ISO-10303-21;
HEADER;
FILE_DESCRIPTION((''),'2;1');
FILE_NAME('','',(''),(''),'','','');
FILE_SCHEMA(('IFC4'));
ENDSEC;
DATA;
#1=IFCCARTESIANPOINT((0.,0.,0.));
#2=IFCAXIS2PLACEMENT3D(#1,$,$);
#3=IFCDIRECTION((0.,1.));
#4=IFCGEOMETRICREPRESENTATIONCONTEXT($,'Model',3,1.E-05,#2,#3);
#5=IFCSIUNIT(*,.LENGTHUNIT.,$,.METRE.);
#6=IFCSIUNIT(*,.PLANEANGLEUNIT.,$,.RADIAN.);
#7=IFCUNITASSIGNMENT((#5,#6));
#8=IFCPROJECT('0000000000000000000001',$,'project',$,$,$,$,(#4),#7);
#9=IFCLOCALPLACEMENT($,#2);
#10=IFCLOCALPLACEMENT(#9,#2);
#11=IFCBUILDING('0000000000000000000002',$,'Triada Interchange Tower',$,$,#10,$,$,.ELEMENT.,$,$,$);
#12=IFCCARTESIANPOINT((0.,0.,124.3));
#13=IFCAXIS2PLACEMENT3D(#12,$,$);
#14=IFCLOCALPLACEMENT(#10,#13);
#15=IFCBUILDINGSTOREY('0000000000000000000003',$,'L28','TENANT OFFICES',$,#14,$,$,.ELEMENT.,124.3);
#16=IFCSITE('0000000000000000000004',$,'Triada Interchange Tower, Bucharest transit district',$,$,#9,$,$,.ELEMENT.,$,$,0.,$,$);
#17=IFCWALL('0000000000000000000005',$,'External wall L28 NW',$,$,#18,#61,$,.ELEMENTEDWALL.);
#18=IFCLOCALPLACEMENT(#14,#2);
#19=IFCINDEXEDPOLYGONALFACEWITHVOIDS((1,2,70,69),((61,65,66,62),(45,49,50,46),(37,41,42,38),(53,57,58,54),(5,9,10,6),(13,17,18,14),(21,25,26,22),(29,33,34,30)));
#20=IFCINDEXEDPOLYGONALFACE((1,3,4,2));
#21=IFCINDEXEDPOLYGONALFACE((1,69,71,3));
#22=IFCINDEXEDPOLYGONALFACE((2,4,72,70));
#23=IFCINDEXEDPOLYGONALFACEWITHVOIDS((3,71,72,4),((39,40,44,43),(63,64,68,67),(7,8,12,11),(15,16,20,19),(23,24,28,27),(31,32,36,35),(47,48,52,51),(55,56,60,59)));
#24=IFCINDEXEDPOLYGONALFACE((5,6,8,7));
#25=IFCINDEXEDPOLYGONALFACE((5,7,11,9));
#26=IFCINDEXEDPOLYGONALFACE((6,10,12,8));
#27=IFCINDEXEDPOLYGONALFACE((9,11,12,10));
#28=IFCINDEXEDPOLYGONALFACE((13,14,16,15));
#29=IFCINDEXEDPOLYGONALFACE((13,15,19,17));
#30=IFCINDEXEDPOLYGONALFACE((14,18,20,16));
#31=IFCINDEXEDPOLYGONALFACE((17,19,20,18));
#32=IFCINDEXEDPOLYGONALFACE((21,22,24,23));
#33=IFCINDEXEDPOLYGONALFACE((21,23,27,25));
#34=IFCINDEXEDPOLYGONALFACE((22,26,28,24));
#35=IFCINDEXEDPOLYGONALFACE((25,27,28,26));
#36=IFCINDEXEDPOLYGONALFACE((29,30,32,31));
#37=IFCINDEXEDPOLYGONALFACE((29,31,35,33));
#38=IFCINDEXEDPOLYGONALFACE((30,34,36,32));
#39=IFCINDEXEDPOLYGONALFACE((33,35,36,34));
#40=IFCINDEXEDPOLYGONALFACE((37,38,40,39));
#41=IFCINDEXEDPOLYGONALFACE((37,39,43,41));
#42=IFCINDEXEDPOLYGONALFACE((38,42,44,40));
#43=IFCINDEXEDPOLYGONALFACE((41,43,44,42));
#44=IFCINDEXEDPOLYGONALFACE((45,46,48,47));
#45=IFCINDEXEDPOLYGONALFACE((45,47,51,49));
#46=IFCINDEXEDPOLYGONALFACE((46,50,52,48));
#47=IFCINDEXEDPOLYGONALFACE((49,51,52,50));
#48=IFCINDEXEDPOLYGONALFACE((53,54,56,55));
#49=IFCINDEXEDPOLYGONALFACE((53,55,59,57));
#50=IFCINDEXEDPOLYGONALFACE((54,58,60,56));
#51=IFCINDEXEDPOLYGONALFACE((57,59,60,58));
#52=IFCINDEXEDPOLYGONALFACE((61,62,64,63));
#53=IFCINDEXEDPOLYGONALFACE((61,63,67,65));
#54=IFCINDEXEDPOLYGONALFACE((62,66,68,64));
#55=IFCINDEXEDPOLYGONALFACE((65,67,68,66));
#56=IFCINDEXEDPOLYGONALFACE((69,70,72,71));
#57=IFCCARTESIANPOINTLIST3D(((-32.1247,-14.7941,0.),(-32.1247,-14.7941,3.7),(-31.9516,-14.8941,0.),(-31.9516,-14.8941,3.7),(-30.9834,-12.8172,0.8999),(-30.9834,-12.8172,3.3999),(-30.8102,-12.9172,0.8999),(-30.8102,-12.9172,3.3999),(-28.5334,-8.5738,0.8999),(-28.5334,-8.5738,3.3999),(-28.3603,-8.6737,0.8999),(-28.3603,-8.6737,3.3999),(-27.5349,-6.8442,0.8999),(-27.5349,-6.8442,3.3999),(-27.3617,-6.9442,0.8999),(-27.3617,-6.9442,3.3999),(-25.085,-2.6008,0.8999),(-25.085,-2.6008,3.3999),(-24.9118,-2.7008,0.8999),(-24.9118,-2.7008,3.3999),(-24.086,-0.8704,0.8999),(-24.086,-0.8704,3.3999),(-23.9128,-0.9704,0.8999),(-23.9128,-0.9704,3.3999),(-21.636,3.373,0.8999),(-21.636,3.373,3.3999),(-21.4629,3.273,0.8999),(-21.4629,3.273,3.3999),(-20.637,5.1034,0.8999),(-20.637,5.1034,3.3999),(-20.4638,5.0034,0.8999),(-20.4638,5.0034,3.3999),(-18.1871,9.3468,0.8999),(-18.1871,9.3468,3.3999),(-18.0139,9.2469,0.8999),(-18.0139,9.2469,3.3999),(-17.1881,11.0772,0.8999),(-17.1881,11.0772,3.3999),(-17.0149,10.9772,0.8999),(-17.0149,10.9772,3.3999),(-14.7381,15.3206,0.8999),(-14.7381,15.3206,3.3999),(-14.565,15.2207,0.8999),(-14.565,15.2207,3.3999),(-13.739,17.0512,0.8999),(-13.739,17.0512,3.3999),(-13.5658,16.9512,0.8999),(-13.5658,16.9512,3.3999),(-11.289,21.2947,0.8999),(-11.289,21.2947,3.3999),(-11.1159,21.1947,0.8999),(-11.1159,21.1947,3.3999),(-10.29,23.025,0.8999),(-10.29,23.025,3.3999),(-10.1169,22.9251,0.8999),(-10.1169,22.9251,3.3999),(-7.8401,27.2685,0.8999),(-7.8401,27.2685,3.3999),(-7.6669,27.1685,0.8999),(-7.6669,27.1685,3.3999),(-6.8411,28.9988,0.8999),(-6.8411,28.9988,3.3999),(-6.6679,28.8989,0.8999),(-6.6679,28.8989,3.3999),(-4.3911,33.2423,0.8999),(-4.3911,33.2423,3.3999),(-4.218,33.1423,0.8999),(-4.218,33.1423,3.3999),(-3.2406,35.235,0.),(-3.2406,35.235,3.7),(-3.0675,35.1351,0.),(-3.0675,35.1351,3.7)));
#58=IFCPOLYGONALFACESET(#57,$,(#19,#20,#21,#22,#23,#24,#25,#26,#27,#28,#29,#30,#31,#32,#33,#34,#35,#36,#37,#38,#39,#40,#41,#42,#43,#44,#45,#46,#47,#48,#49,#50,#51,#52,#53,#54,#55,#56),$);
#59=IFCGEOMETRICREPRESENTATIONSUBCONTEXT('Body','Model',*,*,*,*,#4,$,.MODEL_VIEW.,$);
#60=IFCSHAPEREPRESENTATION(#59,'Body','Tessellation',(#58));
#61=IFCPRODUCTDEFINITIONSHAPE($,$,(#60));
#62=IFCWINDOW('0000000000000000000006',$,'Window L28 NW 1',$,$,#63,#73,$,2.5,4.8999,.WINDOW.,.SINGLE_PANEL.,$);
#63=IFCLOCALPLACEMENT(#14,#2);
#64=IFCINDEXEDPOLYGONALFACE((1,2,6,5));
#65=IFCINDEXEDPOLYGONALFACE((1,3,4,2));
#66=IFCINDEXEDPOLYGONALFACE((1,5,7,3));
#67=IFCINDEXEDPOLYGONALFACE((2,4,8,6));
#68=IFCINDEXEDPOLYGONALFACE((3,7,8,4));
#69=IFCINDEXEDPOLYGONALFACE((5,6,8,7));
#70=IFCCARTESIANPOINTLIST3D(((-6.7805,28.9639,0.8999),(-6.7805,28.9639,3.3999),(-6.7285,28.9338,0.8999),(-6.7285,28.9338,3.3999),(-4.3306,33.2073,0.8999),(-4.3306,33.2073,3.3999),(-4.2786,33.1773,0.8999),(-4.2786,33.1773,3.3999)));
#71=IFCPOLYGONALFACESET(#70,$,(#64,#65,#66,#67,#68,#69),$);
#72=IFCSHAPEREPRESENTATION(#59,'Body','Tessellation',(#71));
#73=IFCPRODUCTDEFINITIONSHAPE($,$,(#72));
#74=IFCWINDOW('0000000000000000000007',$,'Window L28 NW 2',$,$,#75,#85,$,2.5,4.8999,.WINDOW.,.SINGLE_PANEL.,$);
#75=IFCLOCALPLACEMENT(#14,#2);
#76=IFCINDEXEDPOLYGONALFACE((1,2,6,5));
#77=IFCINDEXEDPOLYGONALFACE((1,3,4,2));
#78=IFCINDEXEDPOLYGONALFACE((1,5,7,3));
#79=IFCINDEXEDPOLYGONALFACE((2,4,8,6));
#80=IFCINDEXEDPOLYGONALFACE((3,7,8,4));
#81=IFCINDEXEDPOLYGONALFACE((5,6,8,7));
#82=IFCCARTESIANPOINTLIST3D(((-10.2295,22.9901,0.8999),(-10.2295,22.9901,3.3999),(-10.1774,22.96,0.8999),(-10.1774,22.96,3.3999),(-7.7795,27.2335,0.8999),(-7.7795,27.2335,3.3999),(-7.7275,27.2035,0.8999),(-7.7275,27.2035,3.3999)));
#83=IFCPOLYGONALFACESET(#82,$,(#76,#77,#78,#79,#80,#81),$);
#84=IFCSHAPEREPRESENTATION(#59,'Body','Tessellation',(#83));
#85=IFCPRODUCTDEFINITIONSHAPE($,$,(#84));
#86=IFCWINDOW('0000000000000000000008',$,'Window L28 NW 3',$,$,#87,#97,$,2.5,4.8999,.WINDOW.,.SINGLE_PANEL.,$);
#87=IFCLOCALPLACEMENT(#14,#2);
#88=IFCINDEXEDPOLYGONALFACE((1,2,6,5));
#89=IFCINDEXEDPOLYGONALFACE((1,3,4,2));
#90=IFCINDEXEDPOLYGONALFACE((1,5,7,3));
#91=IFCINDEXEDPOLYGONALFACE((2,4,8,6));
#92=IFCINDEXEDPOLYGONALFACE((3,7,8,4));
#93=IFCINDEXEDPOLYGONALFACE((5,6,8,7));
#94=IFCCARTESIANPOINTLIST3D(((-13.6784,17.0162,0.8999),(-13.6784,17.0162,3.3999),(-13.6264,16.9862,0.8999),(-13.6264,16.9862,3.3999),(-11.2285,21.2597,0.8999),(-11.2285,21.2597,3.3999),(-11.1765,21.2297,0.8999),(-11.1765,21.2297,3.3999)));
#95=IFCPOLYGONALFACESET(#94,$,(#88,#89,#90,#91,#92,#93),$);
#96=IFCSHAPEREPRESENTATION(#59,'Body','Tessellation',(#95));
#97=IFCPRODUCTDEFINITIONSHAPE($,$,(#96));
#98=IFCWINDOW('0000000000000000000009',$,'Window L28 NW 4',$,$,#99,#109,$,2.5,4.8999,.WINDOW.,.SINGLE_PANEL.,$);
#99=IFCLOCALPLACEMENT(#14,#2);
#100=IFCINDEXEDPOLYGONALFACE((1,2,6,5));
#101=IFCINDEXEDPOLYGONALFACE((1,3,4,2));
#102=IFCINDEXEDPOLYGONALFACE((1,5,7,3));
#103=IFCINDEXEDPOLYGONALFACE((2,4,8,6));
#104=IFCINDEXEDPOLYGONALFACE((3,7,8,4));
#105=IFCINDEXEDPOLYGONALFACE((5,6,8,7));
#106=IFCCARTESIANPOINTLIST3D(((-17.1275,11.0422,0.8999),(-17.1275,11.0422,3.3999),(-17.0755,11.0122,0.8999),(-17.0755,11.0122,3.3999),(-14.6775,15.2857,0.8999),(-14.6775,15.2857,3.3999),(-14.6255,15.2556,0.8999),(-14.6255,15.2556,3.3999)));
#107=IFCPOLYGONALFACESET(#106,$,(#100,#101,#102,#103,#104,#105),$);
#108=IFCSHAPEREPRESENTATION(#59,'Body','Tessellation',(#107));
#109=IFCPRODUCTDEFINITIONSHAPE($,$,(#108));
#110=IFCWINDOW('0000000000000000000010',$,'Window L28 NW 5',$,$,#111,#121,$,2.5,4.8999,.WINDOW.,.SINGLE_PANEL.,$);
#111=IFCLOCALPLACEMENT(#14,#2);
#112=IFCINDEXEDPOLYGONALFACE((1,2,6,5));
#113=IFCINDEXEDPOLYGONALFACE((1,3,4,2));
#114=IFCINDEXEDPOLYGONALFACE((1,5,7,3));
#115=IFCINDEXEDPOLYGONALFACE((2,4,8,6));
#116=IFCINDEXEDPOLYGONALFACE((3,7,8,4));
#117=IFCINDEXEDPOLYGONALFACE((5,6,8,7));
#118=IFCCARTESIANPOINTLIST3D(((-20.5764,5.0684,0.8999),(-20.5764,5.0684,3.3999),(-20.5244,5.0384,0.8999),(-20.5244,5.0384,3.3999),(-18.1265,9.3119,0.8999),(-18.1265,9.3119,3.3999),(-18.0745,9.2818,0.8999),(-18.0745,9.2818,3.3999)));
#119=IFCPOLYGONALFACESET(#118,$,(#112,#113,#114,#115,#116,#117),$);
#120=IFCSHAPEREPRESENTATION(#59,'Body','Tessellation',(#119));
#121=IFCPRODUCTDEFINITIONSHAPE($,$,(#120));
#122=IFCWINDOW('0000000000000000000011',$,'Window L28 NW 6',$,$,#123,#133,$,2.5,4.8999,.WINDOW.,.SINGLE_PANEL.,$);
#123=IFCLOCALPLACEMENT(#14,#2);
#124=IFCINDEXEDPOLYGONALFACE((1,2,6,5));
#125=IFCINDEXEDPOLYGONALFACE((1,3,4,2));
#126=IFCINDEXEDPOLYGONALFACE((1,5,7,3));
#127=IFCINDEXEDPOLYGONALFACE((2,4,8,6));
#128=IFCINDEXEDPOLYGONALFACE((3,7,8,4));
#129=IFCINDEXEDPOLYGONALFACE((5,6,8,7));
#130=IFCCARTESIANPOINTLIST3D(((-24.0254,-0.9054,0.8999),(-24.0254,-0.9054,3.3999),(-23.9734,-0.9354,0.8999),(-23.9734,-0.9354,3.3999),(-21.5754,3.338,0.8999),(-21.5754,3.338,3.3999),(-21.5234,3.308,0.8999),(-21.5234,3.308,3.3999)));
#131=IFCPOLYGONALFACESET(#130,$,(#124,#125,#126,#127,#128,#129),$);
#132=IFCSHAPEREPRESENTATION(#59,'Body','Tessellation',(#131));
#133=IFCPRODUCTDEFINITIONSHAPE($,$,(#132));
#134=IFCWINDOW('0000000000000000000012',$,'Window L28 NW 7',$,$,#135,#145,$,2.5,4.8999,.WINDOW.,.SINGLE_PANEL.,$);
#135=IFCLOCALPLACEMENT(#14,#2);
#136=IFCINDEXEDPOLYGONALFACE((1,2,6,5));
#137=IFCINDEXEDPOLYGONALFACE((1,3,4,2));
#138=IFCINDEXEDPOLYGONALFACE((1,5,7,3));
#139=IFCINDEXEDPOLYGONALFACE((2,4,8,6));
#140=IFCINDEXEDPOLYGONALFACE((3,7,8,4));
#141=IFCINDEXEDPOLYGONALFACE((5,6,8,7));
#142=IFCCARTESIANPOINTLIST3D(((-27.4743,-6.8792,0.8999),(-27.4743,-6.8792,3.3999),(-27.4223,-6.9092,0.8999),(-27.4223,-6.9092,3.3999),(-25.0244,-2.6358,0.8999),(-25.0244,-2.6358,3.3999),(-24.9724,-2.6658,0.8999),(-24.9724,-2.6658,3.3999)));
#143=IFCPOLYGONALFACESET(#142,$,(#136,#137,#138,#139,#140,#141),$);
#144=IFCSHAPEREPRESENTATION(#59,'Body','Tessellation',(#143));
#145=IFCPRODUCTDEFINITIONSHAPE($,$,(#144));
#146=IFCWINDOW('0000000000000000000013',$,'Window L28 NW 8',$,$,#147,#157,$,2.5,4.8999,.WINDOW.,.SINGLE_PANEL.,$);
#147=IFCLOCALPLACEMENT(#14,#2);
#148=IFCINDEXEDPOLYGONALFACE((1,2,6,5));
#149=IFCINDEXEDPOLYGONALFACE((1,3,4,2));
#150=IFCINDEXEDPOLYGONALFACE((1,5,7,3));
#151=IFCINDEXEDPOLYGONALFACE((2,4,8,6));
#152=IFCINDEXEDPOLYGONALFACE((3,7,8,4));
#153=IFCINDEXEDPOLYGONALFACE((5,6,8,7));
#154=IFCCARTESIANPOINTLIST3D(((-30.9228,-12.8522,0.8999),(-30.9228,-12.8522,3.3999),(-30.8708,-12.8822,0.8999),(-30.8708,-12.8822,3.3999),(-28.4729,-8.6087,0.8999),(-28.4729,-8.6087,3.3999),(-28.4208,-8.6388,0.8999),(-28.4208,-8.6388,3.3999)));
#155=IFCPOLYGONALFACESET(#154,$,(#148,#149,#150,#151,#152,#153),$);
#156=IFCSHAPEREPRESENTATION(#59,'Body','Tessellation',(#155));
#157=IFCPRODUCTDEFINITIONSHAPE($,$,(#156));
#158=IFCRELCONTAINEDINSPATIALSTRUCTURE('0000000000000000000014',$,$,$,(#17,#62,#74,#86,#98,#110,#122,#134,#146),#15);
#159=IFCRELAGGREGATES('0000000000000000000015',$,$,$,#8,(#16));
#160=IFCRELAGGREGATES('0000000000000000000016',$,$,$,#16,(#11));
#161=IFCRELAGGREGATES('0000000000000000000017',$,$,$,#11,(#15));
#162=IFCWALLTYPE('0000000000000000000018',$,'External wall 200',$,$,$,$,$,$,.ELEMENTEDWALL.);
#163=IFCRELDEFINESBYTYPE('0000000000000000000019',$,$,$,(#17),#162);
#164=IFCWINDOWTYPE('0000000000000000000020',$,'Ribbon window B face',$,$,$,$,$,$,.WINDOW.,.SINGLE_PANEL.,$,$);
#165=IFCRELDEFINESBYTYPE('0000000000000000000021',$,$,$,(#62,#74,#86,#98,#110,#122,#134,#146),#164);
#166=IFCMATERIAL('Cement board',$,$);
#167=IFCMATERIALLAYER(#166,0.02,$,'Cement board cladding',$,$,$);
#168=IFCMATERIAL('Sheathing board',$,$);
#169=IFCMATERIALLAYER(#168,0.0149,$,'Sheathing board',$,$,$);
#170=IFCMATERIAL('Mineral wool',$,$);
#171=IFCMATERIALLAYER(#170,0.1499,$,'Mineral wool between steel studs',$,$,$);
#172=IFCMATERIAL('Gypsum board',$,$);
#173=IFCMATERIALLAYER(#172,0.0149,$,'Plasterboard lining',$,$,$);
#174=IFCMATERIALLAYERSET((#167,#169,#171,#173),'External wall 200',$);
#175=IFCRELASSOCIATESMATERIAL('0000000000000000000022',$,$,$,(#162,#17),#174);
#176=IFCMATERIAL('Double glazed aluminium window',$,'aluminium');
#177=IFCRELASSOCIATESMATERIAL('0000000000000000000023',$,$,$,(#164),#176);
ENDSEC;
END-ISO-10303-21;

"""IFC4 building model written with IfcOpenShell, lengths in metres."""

from ifc_helpers import new_model, si_unit, direction, frame, frame_2d, origin, place, context, subcontext, project, spatial, rectangle, extrude, material, layer, layer_set, layer_usage, type_object, element, fill, save


model = new_model("IFC4")

# Units and contexts
model_context = context("Model", 3, precision=1e-05, world=origin(), true_north=direction((0.0, 1.0)))
body_context = subcontext(model_context, "Body", "Model", "MODEL_VIEW")
ifc_project = project(units=[si_unit("LENGTHUNIT", "METRE"), si_unit("PLANEANGLEUNIT", "RADIAN")], contexts=[model_context])

# Site, building, storey
site_placement = place(None, origin())
site = spatial("IfcSite", under=ifc_project, at=site_placement, Name="Triada Interchange Tower, Bucharest transit district", CompositionType="ELEMENT", RefElevation=0.0)
building_placement = place(site_placement, origin())
building = spatial("IfcBuilding", under=site, at=building_placement, Name="Triada Interchange Tower", CompositionType="ELEMENT")
storey_placement = place(building_placement, frame((0.0, 0.0, 124.3)))
storey = spatial("IfcBuildingStorey", under=building, at=storey_placement, Name="L28", Description="TENANT OFFICES", CompositionType="ELEMENT", Elevation=124.3)

# Wall, openings, windows
ifc_material_1 = material(Name="Cement board")
ifc_layer_1 = layer(ifc_material_1, 0.02, Name="Cement board cladding")
ifc_material_2 = material(Name="Sheathing board")
ifc_layer_2 = layer(ifc_material_2, 0.0149, Name="Sheathing board")
ifc_material_3 = material(Name="Mineral wool")
ifc_layer_3 = layer(ifc_material_3, 0.1499, Name="Mineral wool between steel studs")
ifc_material_4 = material(Name="Gypsum board")
ifc_layer_4 = layer(ifc_material_4, 0.0149, Name="Plasterboard lining")
ifc_layer_set_1 = layer_set([ifc_layer_1, ifc_layer_2, ifc_layer_3, ifc_layer_4], Name="External wall 200")
ifc_layer_usage = layer_usage(ifc_layer_set_1, "AXIS2", "POSITIVE", -0.1001)
wall_type_1 = type_object("IfcWallType", Name="External wall 200", PredefinedType="ELEMENTEDWALL", material=ifc_layer_set_1)
wall_1_placement = place(storey_placement, frame((-3.1541, 35.1851, 0.0), z_axis=(0.0, 0.0, 1.0), x_axis=(-0.499997, -0.866027, 0.0)))
wall_1 = element("IfcWall", 1, at=wall_1_placement, inside=storey, type_object=wall_type_1, material=ifc_layer_usage, Name="External wall L28 NW", PredefinedType="ELEMENTEDWALL", context=body_context, shape_type="SweptSolid", body=[
    extrude(rectangle(XDim=57.7686, YDim=0.2, at=frame_2d((28.8843, 0.0))), origin(), (0.0, 0.0, 1.0), 3.7),
])
opening_1_placement = place(wall_1_placement, frame((2.301, 0.0, 0.8999)))
opening_1 = element("IfcOpeningElement", 2, at=opening_1_placement, cuts=wall_1, PredefinedType="OPENING", context=body_context, shape_type="SweptSolid", body=[
    extrude(rectangle(XDim=4.8999, YDim=2.5, at=frame_2d((2.45, 1.25))), frame((0.0, 0.1099, 0.0), z_axis=(0.0, -1.0, 0.0), x_axis=(1.0, 0.0, 0.0)), (0.0, 0.0, 1.0), 0.22),
])
opening_2_placement = place(wall_1_placement, frame((9.199, 0.0, 0.8999)))
opening_2 = element("IfcOpeningElement", 3, at=opening_2_placement, cuts=wall_1, PredefinedType="OPENING", context=body_context, shape_type="SweptSolid", body=[
    extrude(rectangle(XDim=4.8999, YDim=2.5, at=frame_2d((2.45, 1.25))), frame((0.0, 0.1099, 0.0), z_axis=(0.0, -1.0, 0.0), x_axis=(1.0, 0.0, 0.0)), (0.0, 0.0, 1.0), 0.22),
])
opening_3_placement = place(wall_1_placement, frame((16.0969, 0.0, 0.8999)))
opening_3 = element("IfcOpeningElement", 4, at=opening_3_placement, cuts=wall_1, PredefinedType="OPENING", context=body_context, shape_type="SweptSolid", body=[
    extrude(rectangle(XDim=4.8999, YDim=2.5, at=frame_2d((2.45, 1.25))), frame((0.0, 0.1099, 0.0), z_axis=(0.0, -1.0, 0.0), x_axis=(1.0, 0.0, 0.0)), (0.0, 0.0, 1.0), 0.22),
])
opening_4_placement = place(wall_1_placement, frame((22.9951, 0.0, 0.8999)))
opening_4 = element("IfcOpeningElement", 5, at=opening_4_placement, cuts=wall_1, PredefinedType="OPENING", context=body_context, shape_type="SweptSolid", body=[
    extrude(rectangle(XDim=4.8999, YDim=2.5, at=frame_2d((2.45, 1.25))), frame((0.0, 0.1099, 0.0), z_axis=(0.0, -1.0, 0.0), x_axis=(1.0, 0.0, 0.0)), (0.0, 0.0, 1.0), 0.22),
])
opening_5_placement = place(wall_1_placement, frame((29.8931, 0.0, 0.8999)))
opening_5 = element("IfcOpeningElement", 6, at=opening_5_placement, cuts=wall_1, PredefinedType="OPENING", context=body_context, shape_type="SweptSolid", body=[
    extrude(rectangle(XDim=4.8999, YDim=2.5, at=frame_2d((2.45, 1.25))), frame((0.0, 0.1099, 0.0), z_axis=(0.0, -1.0, 0.0), x_axis=(1.0, 0.0, 0.0)), (0.0, 0.0, 1.0), 0.22),
])
opening_6_placement = place(wall_1_placement, frame((36.791, 0.0, 0.8999)))
opening_6 = element("IfcOpeningElement", 7, at=opening_6_placement, cuts=wall_1, PredefinedType="OPENING", context=body_context, shape_type="SweptSolid", body=[
    extrude(rectangle(XDim=4.8999, YDim=2.5, at=frame_2d((2.45, 1.25))), frame((0.0, 0.1099, 0.0), z_axis=(0.0, -1.0, 0.0), x_axis=(1.0, 0.0, 0.0)), (0.0, 0.0, 1.0), 0.22),
])
opening_7_placement = place(wall_1_placement, frame((43.689, 0.0, 0.8999)))
opening_7 = element("IfcOpeningElement", 8, at=opening_7_placement, cuts=wall_1, PredefinedType="OPENING", context=body_context, shape_type="SweptSolid", body=[
    extrude(rectangle(XDim=4.8999, YDim=2.5, at=frame_2d((2.45, 1.25))), frame((0.0, 0.1099, 0.0), z_axis=(0.0, -1.0, 0.0), x_axis=(1.0, 0.0, 0.0)), (0.0, 0.0, 1.0), 0.22),
])
opening_8_placement = place(wall_1_placement, frame((50.5859, 0.0, 0.8999)))
opening_8 = element("IfcOpeningElement", 9, at=opening_8_placement, cuts=wall_1, PredefinedType="OPENING", context=body_context, shape_type="SweptSolid", body=[
    extrude(rectangle(XDim=4.8999, YDim=2.5, at=frame_2d((2.45, 1.25))), frame((0.0, 0.1099, 0.0), z_axis=(0.0, -1.0, 0.0), x_axis=(1.0, 0.0, 0.0)), (0.0, 0.0, 1.0), 0.22),
])
ifc_material_5 = material(Name="Double glazed aluminium window", Category="aluminium")
window_type = type_object("IfcWindowType", Name="Ribbon window B face", PartitioningType="SINGLE_PANEL", PredefinedType="WINDOW", material=ifc_material_5)
window_1_placement = place(opening_1_placement, origin())
window_1 = element("IfcWindow", 10, at=window_1_placement, inside=storey, type_object=window_type, Name="Window L28 NW 1", OverallHeight=2.5, OverallWidth=4.8999, PartitioningType="SINGLE_PANEL", PredefinedType="WINDOW", context=body_context, shape_type="SweptSolid", body=[
    extrude(rectangle(XDim=4.8999, YDim=2.5, at=frame_2d((2.45, 1.25))), frame((0.0, 0.03, 0.0), z_axis=(0.0, -1.0, 0.0), x_axis=(1.0, 0.0, 0.0)), (0.0, 0.0, 1.0), 0.0601),
])
fill(opening_1, window_1)
window_2_placement = place(opening_2_placement, origin())
window_2 = element("IfcWindow", 11, at=window_2_placement, inside=storey, type_object=window_type, Name="Window L28 NW 2", OverallHeight=2.5, OverallWidth=4.8999, PartitioningType="SINGLE_PANEL", PredefinedType="WINDOW", context=body_context, shape_type="SweptSolid", body=[
    extrude(rectangle(XDim=4.8999, YDim=2.5, at=frame_2d((2.45, 1.25))), frame((0.0, 0.03, 0.0), z_axis=(0.0, -1.0, 0.0), x_axis=(1.0, 0.0, 0.0)), (0.0, 0.0, 1.0), 0.0601),
])
fill(opening_2, window_2)
window_3_placement = place(opening_3_placement, origin())
window_3 = element("IfcWindow", 12, at=window_3_placement, inside=storey, type_object=window_type, Name="Window L28 NW 3", OverallHeight=2.5, OverallWidth=4.8999, PartitioningType="SINGLE_PANEL", PredefinedType="WINDOW", context=body_context, shape_type="SweptSolid", body=[
    extrude(rectangle(XDim=4.8999, YDim=2.5, at=frame_2d((2.45, 1.25))), frame((0.0, 0.03, 0.0), z_axis=(0.0, -1.0, 0.0), x_axis=(1.0, 0.0, 0.0)), (0.0, 0.0, 1.0), 0.0601),
])
fill(opening_3, window_3)
window_4_placement = place(opening_4_placement, origin())
window_4 = element("IfcWindow", 13, at=window_4_placement, inside=storey, type_object=window_type, Name="Window L28 NW 4", OverallHeight=2.5, OverallWidth=4.8999, PartitioningType="SINGLE_PANEL", PredefinedType="WINDOW", context=body_context, shape_type="SweptSolid", body=[
    extrude(rectangle(XDim=4.8999, YDim=2.5, at=frame_2d((2.45, 1.25))), frame((0.0, 0.03, 0.0), z_axis=(0.0, -1.0, 0.0), x_axis=(1.0, 0.0, 0.0)), (0.0, 0.0, 1.0), 0.0601),
])
fill(opening_4, window_4)
window_5_placement = place(opening_5_placement, origin())
window_5 = element("IfcWindow", 14, at=window_5_placement, inside=storey, type_object=window_type, Name="Window L28 NW 5", OverallHeight=2.5, OverallWidth=4.8999, PartitioningType="SINGLE_PANEL", PredefinedType="WINDOW", context=body_context, shape_type="SweptSolid", body=[
    extrude(rectangle(XDim=4.8999, YDim=2.5, at=frame_2d((2.45, 1.25))), frame((0.0, 0.03, 0.0), z_axis=(0.0, -1.0, 0.0), x_axis=(1.0, 0.0, 0.0)), (0.0, 0.0, 1.0), 0.0601),
])
fill(opening_5, window_5)
window_6_placement = place(opening_6_placement, origin())
window_6 = element("IfcWindow", 15, at=window_6_placement, inside=storey, type_object=window_type, Name="Window L28 NW 6", OverallHeight=2.5, OverallWidth=4.8999, PartitioningType="SINGLE_PANEL", PredefinedType="WINDOW", context=body_context, shape_type="SweptSolid", body=[
    extrude(rectangle(XDim=4.8999, YDim=2.5, at=frame_2d((2.45, 1.25))), frame((0.0, 0.03, 0.0), z_axis=(0.0, -1.0, 0.0), x_axis=(1.0, 0.0, 0.0)), (0.0, 0.0, 1.0), 0.0601),
])
fill(opening_6, window_6)
window_7_placement = place(opening_7_placement, origin())
window_7 = element("IfcWindow", 16, at=window_7_placement, inside=storey, type_object=window_type, Name="Window L28 NW 7", OverallHeight=2.5, OverallWidth=4.8999, PartitioningType="SINGLE_PANEL", PredefinedType="WINDOW", context=body_context, shape_type="SweptSolid", body=[
    extrude(rectangle(XDim=4.8999, YDim=2.5, at=frame_2d((2.45, 1.25))), frame((0.0, 0.03, 0.0), z_axis=(0.0, -1.0, 0.0), x_axis=(1.0, 0.0, 0.0)), (0.0, 0.0, 1.0), 0.0601),
])
fill(opening_7, window_7)
window_8_placement = place(opening_8_placement, origin())
window_8 = element("IfcWindow", 17, at=window_8_placement, inside=storey, type_object=window_type, Name="Window L28 NW 8", OverallHeight=2.5, OverallWidth=4.8999, PartitioningType="SINGLE_PANEL", PredefinedType="WINDOW", context=body_context, shape_type="SweptSolid", body=[
    extrude(rectangle(XDim=4.8999, YDim=2.5, at=frame_2d((2.45, 1.25))), frame((0.0, 0.03, 0.0), z_axis=(0.0, -1.0, 0.0), x_axis=(1.0, 0.0, 0.0)), (0.0, 0.0, 1.0), 0.0601),
])
fill(opening_8, window_8)

save(model, "model.ifc")
